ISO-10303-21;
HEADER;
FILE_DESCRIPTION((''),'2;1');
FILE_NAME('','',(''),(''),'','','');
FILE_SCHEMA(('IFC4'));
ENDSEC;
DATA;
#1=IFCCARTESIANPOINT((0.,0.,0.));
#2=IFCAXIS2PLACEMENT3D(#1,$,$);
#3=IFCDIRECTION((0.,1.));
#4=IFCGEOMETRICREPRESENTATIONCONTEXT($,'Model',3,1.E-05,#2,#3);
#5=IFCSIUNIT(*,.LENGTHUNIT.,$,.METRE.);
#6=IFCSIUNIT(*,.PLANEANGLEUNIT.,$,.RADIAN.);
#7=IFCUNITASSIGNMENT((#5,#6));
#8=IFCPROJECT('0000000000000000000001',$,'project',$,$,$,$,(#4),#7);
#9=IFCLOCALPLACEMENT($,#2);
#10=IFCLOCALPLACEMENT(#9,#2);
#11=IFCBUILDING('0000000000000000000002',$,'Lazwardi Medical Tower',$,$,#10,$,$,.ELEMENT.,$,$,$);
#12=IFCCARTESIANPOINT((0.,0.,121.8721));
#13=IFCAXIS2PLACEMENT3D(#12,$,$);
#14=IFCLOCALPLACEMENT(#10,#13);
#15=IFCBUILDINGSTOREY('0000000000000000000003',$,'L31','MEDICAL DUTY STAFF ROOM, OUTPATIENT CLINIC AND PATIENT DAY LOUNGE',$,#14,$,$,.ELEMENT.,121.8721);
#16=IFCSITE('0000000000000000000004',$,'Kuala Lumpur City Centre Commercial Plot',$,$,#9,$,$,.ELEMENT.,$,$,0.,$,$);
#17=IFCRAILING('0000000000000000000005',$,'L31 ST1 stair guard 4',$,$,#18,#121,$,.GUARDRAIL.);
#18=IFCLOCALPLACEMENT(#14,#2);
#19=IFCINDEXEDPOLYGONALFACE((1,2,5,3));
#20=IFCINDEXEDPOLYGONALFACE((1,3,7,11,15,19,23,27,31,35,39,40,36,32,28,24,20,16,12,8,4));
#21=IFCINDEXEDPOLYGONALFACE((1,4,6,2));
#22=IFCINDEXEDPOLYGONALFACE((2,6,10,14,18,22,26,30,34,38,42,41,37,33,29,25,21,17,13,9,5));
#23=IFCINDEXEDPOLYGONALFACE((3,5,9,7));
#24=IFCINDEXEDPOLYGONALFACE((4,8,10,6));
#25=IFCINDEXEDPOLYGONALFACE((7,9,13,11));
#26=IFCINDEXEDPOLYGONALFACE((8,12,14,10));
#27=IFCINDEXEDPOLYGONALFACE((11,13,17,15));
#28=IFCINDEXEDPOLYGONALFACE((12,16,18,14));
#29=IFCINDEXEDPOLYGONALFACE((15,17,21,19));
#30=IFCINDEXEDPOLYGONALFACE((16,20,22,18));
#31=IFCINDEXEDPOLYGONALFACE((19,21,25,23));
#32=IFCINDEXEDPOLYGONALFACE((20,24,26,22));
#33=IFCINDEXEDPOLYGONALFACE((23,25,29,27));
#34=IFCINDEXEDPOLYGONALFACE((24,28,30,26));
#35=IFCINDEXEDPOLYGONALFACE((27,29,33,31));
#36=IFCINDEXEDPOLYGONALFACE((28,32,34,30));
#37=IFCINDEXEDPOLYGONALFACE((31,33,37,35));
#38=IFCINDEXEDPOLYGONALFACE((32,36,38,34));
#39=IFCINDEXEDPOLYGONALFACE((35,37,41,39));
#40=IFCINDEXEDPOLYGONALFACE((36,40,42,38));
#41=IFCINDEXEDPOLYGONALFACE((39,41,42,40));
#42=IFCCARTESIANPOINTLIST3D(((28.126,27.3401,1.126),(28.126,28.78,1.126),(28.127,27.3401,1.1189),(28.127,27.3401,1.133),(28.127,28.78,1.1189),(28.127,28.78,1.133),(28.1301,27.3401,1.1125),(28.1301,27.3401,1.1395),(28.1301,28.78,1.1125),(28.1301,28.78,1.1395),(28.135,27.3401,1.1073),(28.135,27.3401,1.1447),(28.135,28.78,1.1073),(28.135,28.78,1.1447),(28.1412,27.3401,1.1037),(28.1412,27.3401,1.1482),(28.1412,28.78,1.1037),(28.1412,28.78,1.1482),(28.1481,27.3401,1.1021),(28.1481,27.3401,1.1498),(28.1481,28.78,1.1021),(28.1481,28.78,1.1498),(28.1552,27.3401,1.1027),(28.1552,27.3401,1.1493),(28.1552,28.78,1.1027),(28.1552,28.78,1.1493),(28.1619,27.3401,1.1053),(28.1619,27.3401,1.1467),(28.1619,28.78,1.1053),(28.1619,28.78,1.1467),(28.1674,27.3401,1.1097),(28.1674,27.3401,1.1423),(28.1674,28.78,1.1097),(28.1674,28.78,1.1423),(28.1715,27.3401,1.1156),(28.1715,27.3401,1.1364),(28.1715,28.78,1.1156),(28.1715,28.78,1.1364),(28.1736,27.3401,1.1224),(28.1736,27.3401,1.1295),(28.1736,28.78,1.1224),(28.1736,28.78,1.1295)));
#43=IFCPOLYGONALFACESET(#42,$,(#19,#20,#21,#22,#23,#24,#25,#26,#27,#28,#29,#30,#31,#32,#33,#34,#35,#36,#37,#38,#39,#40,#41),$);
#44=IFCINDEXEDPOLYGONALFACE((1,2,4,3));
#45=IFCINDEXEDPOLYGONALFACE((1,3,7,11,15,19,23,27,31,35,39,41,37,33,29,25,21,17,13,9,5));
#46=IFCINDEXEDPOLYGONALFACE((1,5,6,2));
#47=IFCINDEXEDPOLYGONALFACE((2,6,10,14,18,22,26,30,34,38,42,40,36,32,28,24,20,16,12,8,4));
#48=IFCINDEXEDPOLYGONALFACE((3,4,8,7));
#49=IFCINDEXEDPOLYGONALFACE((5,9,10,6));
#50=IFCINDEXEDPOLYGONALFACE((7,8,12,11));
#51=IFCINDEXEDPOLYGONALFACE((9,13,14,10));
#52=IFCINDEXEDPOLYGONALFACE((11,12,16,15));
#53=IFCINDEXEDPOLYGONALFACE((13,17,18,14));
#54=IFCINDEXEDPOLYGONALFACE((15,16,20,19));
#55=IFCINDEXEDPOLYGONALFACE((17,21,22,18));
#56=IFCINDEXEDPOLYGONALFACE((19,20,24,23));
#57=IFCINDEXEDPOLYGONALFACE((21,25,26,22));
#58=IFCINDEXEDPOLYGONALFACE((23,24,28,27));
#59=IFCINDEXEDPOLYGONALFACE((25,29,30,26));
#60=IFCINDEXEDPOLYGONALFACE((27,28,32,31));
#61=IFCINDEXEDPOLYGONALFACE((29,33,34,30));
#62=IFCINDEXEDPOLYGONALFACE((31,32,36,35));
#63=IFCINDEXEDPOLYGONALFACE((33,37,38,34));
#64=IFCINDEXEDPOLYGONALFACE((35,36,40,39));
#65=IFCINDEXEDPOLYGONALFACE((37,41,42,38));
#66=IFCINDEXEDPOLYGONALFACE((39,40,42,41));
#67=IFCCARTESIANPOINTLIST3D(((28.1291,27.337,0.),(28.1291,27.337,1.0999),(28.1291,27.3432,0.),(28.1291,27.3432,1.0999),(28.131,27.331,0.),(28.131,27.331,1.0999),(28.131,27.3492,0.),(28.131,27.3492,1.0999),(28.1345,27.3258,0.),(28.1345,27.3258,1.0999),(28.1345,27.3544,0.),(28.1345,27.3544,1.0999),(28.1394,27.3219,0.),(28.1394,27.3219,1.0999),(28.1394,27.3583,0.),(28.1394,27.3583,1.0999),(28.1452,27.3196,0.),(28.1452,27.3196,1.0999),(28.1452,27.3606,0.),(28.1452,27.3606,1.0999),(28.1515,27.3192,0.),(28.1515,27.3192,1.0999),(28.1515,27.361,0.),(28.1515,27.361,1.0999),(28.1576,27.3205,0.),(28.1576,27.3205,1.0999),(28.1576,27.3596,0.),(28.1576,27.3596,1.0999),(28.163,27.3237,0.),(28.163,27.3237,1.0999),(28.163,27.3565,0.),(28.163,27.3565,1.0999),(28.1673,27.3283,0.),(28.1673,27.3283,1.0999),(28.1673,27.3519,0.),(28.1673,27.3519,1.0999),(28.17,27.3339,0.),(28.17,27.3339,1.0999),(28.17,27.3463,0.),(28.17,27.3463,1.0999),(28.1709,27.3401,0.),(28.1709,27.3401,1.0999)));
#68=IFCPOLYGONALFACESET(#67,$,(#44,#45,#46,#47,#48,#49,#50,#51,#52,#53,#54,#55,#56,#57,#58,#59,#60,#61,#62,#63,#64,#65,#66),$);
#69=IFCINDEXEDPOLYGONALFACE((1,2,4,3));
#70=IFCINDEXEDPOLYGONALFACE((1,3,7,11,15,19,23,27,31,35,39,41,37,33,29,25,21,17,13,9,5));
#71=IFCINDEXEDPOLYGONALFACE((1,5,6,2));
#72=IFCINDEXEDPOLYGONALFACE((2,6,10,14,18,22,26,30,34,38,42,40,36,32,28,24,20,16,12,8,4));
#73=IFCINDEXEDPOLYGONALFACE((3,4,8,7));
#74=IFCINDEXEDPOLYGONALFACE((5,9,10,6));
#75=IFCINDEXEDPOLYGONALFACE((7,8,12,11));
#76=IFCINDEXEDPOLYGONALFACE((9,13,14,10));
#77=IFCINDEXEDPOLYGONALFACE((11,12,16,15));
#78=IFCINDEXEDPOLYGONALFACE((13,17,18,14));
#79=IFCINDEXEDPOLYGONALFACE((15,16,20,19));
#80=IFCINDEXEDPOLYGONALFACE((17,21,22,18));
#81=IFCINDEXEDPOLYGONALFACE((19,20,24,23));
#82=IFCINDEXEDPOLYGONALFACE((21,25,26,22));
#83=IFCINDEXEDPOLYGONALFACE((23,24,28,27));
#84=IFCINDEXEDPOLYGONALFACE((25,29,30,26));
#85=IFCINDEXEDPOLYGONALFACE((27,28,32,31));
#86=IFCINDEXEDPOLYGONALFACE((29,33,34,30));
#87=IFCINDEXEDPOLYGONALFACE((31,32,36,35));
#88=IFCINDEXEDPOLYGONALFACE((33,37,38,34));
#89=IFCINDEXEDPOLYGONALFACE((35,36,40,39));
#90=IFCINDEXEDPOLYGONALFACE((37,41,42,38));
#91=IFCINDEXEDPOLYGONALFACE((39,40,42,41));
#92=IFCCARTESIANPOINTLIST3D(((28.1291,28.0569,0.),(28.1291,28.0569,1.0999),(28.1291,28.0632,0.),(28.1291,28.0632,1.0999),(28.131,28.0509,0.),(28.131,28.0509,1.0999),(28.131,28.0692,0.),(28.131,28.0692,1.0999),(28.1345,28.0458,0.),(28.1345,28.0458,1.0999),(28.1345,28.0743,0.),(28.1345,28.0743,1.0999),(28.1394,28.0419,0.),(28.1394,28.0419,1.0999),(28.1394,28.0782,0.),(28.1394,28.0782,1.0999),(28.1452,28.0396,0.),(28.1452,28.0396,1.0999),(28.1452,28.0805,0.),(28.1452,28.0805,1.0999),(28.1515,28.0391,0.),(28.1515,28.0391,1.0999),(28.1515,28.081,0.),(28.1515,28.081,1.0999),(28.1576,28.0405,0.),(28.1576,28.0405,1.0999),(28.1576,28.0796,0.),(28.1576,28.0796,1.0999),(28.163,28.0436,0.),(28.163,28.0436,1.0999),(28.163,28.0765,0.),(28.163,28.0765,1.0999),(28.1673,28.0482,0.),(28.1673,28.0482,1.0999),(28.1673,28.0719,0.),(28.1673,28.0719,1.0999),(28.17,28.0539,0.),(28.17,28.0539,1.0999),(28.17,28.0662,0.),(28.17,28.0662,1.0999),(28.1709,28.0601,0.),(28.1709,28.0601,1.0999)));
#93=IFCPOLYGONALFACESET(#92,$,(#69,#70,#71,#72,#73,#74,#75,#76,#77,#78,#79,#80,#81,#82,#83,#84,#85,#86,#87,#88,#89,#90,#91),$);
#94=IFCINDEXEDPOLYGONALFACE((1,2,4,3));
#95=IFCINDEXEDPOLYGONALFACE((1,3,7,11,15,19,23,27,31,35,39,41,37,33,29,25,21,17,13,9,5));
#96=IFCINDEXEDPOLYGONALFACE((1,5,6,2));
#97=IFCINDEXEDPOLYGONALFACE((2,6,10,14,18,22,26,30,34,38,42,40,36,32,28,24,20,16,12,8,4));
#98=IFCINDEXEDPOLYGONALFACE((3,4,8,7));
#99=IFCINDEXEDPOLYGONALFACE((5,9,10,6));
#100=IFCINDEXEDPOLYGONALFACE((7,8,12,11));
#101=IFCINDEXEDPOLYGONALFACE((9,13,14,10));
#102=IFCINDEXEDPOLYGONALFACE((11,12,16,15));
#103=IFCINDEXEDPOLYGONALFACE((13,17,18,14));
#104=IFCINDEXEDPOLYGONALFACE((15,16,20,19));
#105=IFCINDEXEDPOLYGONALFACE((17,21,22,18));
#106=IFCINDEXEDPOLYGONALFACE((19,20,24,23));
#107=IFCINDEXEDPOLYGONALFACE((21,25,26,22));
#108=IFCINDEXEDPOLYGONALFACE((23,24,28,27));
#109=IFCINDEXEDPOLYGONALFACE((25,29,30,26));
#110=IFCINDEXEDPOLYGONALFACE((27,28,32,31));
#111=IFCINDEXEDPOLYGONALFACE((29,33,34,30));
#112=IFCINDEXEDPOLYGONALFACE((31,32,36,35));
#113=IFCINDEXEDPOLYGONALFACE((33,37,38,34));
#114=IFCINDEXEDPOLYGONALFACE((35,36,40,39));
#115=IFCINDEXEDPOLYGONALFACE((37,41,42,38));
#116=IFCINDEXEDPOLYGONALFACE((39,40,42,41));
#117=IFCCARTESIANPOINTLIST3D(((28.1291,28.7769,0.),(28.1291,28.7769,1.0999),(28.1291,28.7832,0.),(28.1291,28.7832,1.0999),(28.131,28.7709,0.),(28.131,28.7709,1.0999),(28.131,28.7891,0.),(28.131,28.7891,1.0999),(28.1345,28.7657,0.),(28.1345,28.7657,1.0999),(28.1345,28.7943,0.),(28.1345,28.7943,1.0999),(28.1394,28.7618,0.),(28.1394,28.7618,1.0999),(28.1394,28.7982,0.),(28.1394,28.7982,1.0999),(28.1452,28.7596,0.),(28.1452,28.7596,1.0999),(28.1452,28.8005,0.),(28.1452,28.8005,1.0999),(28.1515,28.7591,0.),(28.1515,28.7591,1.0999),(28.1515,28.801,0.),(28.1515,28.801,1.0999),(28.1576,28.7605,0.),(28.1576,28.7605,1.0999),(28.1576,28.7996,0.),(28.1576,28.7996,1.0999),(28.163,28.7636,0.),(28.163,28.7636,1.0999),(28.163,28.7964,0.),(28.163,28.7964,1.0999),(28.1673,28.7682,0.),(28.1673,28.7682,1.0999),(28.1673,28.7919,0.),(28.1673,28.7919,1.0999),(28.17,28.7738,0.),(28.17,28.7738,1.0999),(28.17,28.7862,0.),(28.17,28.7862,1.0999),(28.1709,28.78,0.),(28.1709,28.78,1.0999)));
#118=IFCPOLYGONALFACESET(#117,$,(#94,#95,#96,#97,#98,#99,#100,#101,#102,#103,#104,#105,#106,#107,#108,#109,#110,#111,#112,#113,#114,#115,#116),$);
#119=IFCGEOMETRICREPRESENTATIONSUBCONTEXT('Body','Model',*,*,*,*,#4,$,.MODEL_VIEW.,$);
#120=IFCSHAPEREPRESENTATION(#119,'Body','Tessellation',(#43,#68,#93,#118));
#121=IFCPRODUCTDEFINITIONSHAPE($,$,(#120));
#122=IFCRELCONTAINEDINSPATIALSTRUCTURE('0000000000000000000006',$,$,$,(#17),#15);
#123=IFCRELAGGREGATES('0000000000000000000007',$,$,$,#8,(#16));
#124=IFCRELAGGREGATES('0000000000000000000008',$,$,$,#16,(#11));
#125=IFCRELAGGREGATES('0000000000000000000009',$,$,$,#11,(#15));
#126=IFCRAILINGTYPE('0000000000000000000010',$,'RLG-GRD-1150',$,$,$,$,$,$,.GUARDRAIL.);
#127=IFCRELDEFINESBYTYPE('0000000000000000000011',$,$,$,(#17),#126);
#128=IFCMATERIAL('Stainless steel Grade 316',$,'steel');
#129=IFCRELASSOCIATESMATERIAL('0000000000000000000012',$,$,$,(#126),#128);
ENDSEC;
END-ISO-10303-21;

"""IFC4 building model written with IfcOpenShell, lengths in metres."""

from ifc_helpers import new_model, si_unit, direction, frame, origin, origin_2d, place, context, subcontext, project, spatial, circle, extrude, material, type_object, element, save


model = new_model("IFC4")

# Units and contexts
model_context = context("Model", 3, precision=1e-05, world=origin(), true_north=direction((0.0, 1.0)))
body_context = subcontext(model_context, "Body", "Model", "MODEL_VIEW")
ifc_project = project(units=[si_unit("LENGTHUNIT", "METRE"), si_unit("PLANEANGLEUNIT", "RADIAN")], contexts=[model_context])

# Site, building, storey
site_placement = place(None, origin())
site = spatial("IfcSite", under=ifc_project, at=site_placement, Name="Kuala Lumpur City Centre Commercial Plot", CompositionType="ELEMENT", RefElevation=0.0)
building_placement = place(site_placement, origin())
building = spatial("IfcBuilding", under=site, at=building_placement, Name="Lazwardi Medical Tower", CompositionType="ELEMENT")
storey_placement = place(building_placement, frame((0.0, 0.0, 121.8721)))
storey = spatial("IfcBuildingStorey", under=building, at=storey_placement, Name="L31", Description="MEDICAL DUTY STAFF ROOM, OUTPATIENT CLINIC AND PATIENT DAY LOUNGE", CompositionType="ELEMENT", Elevation=121.8721)

# Railing
ifc_material_1 = material(Name="Stainless steel Grade 316", Category="steel")
railing_type_1 = type_object("IfcRailingType", Name="RLG-GRD-1150", PredefinedType="GUARDRAIL", material=ifc_material_1)
railing_1_placement = place(storey_placement, frame((28.1499, 27.3401, 0.0)))
element("IfcRailing", 1, at=railing_1_placement, inside=storey, type_object=railing_type_1, Name="L31 ST1 stair guard 4", PredefinedType="GUARDRAIL", context=body_context, shape_type="SweptSolid", body=[
    extrude(circle(Radius=0.0239, at=origin_2d()), frame((0.0, 0.0, 1.126), z_axis=(0.0, 1.0, 0.0), x_axis=(-1.0, 0.0, 0.0)), (0.0, 0.0, 1.0), 1.4399),
    extrude(circle(Radius=0.021, at=origin_2d()), origin(), (0.0, 0.0, 1.0), 1.0999),
    extrude(circle(Radius=0.021, at=origin_2d()), frame((0.0, 0.72, 0.0)), (0.0, 0.0, 1.0), 1.0999),
    extrude(circle(Radius=0.021, at=origin_2d()), frame((0.0, 1.4399, 0.0)), (0.0, 0.0, 1.0), 1.0999),
])

save(model, "model.ifc")
